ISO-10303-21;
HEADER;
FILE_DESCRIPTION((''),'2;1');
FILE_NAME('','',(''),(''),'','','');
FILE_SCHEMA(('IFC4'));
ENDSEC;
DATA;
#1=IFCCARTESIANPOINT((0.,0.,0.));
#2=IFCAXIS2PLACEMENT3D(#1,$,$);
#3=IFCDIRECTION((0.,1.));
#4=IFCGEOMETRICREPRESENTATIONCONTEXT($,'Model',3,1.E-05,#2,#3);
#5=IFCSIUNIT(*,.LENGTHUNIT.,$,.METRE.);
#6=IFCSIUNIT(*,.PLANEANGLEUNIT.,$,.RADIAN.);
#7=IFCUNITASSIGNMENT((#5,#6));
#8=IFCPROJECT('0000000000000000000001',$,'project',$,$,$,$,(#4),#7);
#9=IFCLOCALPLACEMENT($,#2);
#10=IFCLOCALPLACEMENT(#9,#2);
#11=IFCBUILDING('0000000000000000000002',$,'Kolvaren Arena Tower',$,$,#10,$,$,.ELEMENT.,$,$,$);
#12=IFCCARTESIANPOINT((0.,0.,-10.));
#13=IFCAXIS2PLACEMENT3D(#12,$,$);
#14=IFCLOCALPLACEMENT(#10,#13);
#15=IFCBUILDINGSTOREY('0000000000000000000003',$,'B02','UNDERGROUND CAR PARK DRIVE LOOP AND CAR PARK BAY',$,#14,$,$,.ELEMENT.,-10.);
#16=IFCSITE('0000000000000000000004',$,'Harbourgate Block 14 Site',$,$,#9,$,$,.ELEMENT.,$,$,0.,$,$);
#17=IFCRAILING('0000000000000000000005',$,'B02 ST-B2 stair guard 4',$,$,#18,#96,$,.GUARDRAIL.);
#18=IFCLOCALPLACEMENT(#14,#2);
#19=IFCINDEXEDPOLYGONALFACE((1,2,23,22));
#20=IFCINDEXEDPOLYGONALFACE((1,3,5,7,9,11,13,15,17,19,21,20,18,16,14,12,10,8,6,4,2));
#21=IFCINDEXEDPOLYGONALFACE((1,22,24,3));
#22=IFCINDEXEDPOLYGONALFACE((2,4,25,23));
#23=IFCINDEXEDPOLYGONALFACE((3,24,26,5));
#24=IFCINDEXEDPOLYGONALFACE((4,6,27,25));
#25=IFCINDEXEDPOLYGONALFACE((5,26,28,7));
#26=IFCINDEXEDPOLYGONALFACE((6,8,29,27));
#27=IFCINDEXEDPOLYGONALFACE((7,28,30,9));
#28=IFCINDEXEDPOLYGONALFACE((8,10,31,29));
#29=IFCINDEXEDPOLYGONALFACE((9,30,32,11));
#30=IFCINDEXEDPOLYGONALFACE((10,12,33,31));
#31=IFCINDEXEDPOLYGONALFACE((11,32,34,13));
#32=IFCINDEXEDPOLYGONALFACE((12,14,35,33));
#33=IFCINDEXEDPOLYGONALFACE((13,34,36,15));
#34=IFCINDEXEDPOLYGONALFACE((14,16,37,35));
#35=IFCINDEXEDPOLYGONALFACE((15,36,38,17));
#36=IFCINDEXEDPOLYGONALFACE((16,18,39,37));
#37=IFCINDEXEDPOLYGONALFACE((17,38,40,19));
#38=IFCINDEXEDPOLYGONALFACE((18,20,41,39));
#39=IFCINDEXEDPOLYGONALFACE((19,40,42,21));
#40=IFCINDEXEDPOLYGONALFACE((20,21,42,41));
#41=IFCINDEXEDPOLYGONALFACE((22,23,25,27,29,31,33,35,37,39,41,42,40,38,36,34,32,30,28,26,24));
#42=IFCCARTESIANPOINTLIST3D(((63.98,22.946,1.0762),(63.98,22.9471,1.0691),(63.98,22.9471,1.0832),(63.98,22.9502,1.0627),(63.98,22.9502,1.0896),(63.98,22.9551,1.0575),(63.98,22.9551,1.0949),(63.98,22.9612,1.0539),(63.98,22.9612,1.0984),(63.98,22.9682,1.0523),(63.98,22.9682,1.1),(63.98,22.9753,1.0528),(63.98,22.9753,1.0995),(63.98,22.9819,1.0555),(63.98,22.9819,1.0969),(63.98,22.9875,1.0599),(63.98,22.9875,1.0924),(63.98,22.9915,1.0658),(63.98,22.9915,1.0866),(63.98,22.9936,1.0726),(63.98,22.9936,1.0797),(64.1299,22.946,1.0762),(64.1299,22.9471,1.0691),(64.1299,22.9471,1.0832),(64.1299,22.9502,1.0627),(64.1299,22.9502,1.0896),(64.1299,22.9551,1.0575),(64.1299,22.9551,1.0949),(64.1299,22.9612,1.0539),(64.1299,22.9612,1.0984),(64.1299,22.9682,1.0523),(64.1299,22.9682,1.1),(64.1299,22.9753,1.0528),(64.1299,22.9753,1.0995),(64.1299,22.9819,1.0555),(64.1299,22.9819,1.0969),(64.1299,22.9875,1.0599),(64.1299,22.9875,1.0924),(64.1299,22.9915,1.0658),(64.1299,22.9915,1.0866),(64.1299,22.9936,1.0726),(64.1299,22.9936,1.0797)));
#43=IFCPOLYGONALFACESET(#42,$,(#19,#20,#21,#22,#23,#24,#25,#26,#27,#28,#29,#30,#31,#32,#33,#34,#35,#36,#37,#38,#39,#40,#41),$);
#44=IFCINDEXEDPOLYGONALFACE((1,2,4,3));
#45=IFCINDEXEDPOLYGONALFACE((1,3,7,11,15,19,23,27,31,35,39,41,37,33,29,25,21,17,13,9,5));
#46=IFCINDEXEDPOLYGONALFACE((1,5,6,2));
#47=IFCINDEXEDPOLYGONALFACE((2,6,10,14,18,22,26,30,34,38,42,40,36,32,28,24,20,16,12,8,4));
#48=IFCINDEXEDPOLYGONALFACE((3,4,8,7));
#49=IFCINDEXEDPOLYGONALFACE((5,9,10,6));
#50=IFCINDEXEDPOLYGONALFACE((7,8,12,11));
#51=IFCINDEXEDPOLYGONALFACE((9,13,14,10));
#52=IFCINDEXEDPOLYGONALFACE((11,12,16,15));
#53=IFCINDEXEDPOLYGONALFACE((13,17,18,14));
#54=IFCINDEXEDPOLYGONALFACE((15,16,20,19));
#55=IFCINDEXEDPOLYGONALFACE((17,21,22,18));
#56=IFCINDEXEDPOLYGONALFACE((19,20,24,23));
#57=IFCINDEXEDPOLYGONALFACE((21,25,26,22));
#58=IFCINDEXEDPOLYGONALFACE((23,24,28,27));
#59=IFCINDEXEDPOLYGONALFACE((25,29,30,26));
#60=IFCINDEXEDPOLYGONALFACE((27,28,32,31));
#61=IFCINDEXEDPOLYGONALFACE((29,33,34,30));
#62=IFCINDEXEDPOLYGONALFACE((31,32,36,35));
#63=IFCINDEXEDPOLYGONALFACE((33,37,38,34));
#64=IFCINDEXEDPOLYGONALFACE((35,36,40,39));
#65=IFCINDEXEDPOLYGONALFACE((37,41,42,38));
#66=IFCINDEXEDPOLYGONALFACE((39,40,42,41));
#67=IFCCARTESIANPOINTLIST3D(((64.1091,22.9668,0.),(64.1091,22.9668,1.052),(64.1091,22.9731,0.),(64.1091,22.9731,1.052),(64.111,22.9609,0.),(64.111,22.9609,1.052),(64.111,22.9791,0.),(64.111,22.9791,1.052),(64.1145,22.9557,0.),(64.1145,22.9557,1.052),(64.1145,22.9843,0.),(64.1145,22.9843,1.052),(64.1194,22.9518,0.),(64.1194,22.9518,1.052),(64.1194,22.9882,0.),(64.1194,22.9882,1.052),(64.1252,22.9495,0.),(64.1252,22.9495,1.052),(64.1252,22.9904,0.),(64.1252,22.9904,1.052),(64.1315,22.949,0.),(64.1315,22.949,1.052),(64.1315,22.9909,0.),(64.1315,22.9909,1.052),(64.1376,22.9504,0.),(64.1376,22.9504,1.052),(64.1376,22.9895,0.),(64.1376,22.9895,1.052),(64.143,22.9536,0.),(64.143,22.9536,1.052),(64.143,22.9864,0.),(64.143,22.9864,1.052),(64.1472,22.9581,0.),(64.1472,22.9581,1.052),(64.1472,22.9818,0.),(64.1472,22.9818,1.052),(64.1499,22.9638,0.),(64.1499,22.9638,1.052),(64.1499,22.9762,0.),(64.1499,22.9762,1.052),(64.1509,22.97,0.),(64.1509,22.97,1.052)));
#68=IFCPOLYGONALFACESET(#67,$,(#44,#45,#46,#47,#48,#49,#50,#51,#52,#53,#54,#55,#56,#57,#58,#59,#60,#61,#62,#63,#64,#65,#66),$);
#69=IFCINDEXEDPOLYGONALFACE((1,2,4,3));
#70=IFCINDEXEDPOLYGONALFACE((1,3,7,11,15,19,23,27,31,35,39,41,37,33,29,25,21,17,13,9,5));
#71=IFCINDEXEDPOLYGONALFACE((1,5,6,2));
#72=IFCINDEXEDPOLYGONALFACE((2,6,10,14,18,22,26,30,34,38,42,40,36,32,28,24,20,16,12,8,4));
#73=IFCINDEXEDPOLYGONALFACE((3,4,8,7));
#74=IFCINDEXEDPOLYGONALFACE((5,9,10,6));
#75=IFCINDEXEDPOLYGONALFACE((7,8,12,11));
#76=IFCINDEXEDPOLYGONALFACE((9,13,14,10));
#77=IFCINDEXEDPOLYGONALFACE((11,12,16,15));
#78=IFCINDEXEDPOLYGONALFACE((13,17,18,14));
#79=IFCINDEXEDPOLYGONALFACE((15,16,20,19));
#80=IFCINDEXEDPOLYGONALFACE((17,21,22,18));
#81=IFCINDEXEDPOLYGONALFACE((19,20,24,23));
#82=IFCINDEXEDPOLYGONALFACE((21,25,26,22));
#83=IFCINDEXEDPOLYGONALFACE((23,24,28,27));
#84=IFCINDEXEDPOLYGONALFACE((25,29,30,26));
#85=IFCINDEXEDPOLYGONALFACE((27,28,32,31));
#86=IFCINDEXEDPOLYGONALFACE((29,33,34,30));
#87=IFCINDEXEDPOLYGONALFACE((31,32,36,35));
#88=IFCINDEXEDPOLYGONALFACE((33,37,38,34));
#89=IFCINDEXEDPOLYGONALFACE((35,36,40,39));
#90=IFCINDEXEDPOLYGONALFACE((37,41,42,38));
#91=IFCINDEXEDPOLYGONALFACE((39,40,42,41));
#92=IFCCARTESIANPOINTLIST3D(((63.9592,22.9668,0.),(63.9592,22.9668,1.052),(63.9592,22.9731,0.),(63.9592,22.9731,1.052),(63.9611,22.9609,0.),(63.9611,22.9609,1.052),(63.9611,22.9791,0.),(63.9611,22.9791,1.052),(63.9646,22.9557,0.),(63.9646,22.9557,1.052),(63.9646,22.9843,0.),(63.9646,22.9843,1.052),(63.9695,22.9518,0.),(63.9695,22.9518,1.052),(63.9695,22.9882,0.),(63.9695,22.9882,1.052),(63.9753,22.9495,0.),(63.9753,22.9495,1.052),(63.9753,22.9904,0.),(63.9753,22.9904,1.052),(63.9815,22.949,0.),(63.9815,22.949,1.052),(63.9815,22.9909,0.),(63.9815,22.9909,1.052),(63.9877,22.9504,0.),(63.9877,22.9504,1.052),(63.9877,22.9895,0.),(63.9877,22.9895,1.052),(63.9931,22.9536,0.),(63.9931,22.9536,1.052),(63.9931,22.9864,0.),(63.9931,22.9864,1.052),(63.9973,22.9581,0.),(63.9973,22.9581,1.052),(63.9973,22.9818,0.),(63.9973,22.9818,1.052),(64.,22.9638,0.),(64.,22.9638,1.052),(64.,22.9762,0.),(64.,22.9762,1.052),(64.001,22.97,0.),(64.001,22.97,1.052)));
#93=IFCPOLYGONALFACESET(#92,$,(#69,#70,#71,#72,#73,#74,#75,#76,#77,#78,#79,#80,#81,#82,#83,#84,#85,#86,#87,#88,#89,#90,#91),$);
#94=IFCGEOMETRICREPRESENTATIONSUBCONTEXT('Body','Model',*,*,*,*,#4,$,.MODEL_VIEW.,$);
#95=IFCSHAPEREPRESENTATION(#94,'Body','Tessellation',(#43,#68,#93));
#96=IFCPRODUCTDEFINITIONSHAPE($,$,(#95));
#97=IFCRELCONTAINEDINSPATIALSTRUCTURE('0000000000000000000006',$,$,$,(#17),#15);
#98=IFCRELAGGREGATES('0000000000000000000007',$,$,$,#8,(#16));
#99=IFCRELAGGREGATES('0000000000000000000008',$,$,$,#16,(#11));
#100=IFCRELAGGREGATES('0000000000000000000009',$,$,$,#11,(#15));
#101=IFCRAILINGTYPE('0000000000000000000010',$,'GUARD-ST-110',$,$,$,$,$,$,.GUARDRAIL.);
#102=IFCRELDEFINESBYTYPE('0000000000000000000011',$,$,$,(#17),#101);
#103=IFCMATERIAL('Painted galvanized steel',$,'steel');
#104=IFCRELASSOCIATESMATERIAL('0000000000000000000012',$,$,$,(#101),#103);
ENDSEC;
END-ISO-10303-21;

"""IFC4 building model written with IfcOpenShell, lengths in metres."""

from ifc_helpers import new_model, si_unit, direction, frame, origin, origin_2d, place, context, subcontext, project, spatial, circle, extrude, material, type_object, element, save


model = new_model("IFC4")

# Units and contexts
model_context = context("Model", 3, precision=1e-05, world=origin(), true_north=direction((0.0, 1.0)))
body_context = subcontext(model_context, "Body", "Model", "MODEL_VIEW")
ifc_project = project(units=[si_unit("LENGTHUNIT", "METRE"), si_unit("PLANEANGLEUNIT", "RADIAN")], contexts=[model_context])

# Site, building, storey
site_placement = place(None, origin())
site = spatial("IfcSite", under=ifc_project, at=site_placement, Name="Harbourgate Block 14 Site", CompositionType="ELEMENT", RefElevation=0.0)
building_placement = place(site_placement, origin())
building = spatial("IfcBuilding", under=site, at=building_placement, Name="Kolvaren Arena Tower", CompositionType="ELEMENT")
storey_placement = place(building_placement, frame((0.0, 0.0, -10.0)))
storey = spatial("IfcBuildingStorey", under=building, at=storey_placement, Name="B02", Description="UNDERGROUND CAR PARK DRIVE LOOP AND CAR PARK BAY", CompositionType="ELEMENT", Elevation=-10.0)

# Railing
ifc_material_1 = material(Name="Painted galvanized steel", Category="steel")
railing_type_1 = type_object("IfcRailingType", Name="GUARD-ST-110", PredefinedType="GUARDRAIL", material=ifc_material_1)
railing_1_placement = place(storey_placement, frame((64.1299, 22.97, 0.0)))
element("IfcRailing", 1, at=railing_1_placement, inside=storey, type_object=railing_type_1, Name="B02 ST-B2 stair guard 4", PredefinedType="GUARDRAIL", context=body_context, shape_type="SweptSolid", body=[
    extrude(circle(Radius=0.0239, at=origin_2d()), frame((0.0, 0.0, 1.0762), z_axis=(-1.0, 0.0, 0.0), x_axis=(0.0, -1.0, 0.0)), (0.0, 0.0, 1.0), 0.1499),
    extrude(circle(Radius=0.021, at=origin_2d()), origin(), (0.0, 0.0, 1.0), 1.052),
    extrude(circle(Radius=0.021, at=origin_2d()), frame((-0.1499, 0.0, 0.0)), (0.0, 0.0, 1.0), 1.052),
])

save(model, "model.ifc")
